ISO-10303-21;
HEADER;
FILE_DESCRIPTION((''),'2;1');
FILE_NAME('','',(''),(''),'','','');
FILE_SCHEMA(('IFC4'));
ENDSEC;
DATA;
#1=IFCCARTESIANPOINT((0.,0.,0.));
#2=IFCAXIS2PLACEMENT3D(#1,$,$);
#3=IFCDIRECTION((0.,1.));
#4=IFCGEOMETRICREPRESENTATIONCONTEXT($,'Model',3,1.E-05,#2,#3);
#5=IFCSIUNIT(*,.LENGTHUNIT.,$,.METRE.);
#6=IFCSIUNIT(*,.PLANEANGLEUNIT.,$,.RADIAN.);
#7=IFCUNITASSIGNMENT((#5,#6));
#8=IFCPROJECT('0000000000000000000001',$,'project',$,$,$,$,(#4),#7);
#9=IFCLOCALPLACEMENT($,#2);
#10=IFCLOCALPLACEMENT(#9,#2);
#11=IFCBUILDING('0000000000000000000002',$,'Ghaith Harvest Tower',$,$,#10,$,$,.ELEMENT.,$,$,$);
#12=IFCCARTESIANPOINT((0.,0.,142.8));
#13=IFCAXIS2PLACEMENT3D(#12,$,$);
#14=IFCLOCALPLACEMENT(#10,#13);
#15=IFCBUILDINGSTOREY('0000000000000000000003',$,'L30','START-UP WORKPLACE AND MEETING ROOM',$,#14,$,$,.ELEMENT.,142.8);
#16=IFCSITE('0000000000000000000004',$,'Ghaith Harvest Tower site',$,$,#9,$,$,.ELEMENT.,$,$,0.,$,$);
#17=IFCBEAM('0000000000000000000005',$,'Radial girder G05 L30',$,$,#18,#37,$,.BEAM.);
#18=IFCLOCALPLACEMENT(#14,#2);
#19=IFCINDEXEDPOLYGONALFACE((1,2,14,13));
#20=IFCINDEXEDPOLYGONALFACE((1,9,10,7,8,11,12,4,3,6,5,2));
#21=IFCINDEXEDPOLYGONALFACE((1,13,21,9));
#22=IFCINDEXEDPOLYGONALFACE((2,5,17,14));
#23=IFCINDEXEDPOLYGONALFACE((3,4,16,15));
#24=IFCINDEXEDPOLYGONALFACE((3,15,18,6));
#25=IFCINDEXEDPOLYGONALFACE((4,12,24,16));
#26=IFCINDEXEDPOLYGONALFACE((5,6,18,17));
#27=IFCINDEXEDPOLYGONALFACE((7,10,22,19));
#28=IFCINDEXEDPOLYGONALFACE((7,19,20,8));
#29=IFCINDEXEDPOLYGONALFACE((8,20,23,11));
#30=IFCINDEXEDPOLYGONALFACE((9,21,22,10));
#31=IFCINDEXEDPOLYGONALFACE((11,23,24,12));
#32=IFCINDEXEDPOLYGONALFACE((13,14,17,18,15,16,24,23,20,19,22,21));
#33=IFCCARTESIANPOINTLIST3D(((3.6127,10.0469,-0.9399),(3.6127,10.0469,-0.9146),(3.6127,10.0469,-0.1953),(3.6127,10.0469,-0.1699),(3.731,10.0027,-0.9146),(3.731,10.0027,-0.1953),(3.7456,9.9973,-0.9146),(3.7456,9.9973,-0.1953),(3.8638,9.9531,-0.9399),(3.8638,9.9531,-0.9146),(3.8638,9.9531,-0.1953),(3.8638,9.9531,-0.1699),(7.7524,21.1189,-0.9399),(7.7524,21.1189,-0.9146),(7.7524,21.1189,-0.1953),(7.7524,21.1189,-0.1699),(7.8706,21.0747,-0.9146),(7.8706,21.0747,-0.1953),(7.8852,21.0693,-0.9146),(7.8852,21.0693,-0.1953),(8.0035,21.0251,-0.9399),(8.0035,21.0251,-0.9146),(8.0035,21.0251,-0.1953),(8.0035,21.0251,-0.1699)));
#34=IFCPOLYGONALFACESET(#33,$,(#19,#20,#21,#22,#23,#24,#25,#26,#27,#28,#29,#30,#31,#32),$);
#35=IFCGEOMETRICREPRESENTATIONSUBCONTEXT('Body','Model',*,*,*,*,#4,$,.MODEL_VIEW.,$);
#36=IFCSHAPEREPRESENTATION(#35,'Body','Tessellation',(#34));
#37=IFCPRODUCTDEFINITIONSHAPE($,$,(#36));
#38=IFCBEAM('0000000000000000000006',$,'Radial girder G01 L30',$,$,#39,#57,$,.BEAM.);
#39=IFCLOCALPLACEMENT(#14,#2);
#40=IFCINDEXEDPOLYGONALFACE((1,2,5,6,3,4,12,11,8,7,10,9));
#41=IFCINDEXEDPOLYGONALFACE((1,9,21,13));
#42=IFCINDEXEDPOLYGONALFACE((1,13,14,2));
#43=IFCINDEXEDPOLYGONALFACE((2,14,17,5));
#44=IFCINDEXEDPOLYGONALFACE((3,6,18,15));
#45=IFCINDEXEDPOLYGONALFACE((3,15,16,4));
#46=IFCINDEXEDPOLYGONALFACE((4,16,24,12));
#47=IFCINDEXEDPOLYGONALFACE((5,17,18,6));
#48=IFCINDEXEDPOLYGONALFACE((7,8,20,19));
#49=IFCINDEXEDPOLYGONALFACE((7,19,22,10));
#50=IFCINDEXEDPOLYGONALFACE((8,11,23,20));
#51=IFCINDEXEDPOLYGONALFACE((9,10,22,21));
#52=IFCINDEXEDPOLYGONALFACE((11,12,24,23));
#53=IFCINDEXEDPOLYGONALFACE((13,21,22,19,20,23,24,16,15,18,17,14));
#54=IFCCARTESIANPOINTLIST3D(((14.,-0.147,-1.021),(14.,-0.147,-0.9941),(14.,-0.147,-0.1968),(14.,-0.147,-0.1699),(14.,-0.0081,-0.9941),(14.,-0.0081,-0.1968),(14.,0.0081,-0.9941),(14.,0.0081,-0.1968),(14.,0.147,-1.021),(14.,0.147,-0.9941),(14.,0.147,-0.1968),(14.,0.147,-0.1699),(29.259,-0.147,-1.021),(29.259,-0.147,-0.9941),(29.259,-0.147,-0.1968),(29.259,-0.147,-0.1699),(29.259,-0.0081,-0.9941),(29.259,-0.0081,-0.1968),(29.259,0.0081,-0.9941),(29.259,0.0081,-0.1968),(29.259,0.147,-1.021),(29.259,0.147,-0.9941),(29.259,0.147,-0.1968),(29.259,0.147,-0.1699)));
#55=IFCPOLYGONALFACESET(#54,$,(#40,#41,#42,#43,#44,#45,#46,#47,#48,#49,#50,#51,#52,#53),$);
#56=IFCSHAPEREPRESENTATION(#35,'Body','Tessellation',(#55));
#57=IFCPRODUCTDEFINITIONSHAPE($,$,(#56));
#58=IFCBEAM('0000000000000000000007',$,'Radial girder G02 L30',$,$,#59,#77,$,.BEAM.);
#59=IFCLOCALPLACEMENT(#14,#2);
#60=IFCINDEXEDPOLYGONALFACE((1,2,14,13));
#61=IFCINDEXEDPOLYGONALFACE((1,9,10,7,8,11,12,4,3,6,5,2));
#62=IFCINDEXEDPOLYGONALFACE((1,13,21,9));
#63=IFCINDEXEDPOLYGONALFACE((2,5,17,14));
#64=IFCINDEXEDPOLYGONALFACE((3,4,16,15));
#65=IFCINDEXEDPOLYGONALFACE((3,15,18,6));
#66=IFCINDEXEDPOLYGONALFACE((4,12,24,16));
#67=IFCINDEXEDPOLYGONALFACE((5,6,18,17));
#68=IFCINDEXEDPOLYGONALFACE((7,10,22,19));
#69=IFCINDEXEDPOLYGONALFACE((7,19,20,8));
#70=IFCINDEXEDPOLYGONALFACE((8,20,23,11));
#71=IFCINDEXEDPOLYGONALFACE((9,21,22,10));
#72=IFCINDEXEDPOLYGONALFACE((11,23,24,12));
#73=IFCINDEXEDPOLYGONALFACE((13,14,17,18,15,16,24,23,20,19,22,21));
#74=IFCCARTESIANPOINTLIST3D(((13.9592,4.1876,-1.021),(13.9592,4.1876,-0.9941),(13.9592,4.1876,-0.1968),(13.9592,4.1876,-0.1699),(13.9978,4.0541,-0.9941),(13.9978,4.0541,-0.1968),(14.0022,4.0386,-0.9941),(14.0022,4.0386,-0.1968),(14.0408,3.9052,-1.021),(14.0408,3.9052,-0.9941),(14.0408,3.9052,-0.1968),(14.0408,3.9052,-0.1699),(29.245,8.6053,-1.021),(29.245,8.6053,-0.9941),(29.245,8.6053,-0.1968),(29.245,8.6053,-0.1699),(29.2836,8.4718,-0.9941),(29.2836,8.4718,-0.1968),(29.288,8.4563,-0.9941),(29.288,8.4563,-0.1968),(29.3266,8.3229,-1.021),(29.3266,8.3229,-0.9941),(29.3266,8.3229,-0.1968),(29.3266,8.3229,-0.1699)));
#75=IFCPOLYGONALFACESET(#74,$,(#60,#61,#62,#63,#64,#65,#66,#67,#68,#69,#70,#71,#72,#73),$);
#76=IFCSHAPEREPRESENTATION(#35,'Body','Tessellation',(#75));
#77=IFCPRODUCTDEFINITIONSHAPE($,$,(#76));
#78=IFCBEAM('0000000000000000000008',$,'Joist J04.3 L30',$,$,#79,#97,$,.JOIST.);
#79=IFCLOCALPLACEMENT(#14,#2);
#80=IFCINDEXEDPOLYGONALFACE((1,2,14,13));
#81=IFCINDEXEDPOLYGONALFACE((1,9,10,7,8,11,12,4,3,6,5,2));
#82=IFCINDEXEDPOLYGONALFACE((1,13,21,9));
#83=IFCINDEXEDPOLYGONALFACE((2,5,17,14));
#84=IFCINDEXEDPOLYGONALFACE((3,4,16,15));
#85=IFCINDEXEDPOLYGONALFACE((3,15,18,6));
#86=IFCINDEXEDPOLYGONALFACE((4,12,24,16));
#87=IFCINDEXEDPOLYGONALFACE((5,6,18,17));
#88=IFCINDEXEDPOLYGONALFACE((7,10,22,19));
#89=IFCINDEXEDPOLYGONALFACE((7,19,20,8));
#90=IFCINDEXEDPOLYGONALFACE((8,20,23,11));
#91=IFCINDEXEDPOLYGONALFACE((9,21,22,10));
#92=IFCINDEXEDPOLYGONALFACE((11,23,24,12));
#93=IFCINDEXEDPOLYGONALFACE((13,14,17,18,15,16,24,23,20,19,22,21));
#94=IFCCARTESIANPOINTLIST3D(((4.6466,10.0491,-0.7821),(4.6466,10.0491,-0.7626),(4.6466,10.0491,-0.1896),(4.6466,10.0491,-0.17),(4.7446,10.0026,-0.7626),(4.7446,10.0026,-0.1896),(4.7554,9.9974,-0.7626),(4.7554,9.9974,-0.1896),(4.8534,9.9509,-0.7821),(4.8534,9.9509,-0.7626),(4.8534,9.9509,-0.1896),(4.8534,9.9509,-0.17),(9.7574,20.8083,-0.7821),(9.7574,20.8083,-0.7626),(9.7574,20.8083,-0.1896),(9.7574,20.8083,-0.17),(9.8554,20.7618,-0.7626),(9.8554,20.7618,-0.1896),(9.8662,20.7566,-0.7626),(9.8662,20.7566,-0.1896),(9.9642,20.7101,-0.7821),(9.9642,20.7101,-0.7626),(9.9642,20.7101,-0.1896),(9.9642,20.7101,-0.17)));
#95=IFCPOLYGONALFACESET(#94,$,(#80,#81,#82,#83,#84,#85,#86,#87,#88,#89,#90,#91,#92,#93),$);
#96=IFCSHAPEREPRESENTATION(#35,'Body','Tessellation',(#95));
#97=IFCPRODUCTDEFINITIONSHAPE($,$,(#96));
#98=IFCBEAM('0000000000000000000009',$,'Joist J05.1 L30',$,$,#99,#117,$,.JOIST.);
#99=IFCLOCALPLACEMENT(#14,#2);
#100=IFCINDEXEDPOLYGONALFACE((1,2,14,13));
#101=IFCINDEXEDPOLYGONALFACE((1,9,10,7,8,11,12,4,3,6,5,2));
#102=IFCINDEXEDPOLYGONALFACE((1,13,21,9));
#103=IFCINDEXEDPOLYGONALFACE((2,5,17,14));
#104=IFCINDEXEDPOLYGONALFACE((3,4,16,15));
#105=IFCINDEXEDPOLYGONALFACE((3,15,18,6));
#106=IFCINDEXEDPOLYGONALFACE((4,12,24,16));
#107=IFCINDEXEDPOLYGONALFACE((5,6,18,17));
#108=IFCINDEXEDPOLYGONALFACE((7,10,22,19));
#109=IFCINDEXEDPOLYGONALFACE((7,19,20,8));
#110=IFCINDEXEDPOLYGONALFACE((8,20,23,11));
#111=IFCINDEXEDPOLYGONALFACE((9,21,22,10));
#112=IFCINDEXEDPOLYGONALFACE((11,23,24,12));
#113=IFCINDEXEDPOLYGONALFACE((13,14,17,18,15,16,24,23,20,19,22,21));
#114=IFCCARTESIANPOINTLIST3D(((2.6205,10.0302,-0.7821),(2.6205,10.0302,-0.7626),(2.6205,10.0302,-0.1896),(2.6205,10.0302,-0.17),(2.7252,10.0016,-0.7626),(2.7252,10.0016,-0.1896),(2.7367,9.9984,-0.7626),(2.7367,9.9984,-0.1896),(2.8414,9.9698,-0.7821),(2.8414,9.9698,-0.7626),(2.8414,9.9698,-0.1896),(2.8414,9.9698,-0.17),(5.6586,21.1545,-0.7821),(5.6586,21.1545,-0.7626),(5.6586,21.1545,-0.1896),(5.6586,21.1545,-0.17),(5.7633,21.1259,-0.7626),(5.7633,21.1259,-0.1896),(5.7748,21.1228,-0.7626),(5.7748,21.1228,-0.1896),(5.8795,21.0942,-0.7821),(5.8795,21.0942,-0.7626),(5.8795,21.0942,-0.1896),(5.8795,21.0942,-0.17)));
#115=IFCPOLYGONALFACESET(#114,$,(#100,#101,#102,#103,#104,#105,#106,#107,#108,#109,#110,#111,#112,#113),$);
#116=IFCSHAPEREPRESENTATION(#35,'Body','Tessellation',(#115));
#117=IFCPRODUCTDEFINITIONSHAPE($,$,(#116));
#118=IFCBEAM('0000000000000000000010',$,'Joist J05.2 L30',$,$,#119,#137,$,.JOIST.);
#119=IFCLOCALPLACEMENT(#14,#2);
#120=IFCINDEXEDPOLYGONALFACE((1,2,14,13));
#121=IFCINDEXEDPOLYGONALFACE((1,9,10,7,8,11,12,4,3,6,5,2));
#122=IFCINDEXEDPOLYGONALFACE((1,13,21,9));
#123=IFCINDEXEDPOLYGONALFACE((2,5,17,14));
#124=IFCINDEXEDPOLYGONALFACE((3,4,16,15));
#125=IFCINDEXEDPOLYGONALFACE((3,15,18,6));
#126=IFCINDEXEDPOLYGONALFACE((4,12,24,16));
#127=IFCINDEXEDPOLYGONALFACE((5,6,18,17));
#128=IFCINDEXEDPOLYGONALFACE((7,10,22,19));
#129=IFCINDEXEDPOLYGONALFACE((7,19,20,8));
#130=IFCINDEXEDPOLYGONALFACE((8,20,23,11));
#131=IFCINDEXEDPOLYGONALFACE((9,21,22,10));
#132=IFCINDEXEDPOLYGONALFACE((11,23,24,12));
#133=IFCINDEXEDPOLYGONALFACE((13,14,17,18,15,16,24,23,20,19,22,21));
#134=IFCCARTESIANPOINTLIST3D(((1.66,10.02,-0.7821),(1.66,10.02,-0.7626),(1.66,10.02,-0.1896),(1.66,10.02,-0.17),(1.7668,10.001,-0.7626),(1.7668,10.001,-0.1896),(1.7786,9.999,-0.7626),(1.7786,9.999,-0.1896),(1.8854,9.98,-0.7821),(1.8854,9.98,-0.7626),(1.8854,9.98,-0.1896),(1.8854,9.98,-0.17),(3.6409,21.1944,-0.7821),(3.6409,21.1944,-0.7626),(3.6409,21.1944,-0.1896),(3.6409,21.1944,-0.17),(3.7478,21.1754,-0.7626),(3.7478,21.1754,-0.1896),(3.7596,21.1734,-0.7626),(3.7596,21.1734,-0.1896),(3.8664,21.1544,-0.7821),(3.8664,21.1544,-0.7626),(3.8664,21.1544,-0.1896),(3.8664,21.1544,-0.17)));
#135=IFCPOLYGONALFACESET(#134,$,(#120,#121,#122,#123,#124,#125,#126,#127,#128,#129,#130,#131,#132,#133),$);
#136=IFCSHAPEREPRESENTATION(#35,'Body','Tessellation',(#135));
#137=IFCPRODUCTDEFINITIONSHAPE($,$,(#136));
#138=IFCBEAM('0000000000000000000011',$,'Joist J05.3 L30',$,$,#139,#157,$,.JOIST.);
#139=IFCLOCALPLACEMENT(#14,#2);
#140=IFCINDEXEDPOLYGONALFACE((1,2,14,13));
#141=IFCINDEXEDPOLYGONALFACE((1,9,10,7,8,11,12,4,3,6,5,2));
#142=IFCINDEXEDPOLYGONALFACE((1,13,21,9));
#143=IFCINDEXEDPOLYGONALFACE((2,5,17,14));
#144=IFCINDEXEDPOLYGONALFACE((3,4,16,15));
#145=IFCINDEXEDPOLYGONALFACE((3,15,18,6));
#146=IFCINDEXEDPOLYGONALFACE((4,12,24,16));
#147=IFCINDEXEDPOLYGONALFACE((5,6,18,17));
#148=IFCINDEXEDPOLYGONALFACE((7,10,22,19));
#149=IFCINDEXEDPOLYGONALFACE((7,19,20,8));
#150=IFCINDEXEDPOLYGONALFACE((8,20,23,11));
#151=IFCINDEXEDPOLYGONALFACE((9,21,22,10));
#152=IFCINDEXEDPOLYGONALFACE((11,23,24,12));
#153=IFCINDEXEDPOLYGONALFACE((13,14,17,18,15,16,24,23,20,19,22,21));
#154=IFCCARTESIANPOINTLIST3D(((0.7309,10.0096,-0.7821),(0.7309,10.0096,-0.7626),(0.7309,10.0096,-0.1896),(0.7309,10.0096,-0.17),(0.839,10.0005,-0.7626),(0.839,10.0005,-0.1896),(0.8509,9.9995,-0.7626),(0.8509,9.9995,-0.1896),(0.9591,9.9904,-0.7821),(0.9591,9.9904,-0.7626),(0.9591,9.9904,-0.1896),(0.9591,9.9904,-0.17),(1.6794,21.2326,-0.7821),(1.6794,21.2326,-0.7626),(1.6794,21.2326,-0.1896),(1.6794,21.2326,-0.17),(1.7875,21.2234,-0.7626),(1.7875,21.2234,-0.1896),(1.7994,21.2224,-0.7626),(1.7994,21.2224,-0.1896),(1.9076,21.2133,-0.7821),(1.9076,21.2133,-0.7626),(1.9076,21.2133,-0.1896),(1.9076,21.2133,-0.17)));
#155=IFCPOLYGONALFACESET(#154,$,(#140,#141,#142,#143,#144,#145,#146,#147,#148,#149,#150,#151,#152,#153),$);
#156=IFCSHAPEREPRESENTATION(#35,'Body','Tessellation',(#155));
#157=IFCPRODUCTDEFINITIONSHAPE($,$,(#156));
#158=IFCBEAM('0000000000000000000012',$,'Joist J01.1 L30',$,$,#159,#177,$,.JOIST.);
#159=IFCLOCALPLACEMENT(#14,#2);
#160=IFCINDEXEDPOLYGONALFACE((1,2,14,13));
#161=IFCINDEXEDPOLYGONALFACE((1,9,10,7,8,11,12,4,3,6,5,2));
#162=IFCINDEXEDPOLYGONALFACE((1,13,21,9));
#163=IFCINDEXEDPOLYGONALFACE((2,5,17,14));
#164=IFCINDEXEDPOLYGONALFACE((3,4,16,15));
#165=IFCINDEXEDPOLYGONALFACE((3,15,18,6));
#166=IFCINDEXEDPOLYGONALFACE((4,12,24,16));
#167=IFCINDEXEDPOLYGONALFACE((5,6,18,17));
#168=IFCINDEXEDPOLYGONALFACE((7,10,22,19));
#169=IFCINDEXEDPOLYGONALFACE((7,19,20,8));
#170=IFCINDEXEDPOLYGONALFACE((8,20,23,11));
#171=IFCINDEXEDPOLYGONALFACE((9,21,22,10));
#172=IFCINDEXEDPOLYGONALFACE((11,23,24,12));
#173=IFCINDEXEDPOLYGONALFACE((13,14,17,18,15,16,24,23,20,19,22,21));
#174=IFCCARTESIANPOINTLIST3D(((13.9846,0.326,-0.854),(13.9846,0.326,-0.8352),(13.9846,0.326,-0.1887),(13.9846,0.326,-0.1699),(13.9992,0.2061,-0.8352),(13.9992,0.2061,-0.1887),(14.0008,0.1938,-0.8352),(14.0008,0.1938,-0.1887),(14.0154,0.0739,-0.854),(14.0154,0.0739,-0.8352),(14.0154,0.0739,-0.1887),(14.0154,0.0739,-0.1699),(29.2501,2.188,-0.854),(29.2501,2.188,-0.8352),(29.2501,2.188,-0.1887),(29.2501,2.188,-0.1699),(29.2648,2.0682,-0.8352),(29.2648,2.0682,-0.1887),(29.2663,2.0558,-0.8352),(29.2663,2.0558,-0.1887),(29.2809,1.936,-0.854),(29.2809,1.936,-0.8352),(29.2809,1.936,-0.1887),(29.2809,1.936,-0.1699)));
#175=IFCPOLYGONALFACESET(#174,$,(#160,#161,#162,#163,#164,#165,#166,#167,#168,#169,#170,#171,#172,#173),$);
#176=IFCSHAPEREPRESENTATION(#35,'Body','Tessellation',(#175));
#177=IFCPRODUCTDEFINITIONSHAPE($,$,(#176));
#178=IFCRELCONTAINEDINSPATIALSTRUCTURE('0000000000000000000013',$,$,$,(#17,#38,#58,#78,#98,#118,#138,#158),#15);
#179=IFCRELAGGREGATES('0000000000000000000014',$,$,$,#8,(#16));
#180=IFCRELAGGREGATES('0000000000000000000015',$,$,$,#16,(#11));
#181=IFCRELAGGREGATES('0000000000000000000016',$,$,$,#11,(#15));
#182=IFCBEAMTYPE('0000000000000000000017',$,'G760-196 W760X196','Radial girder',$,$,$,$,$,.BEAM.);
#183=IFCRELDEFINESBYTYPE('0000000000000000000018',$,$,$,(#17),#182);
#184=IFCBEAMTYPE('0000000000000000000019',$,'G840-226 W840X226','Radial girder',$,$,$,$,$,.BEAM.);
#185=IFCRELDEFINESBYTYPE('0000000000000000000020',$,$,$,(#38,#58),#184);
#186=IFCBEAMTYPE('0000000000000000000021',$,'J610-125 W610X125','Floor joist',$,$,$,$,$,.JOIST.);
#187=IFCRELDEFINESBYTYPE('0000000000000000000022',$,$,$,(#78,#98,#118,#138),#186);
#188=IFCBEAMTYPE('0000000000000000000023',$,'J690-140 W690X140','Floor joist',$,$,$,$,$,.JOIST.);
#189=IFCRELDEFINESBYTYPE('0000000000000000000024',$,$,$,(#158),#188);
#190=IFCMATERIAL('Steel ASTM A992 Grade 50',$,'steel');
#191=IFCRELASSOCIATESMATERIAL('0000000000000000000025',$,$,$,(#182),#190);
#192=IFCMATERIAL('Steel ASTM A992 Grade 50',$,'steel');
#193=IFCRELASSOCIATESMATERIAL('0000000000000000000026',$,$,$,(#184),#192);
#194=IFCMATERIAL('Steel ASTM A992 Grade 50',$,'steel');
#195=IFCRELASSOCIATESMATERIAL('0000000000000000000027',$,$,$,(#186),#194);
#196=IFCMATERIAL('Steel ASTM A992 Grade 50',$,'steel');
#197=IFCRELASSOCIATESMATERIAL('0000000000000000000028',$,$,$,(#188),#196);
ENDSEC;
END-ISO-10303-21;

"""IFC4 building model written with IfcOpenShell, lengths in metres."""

from ifc_helpers import new_model, si_unit, direction, frame, origin, origin_2d, place, context, subcontext, project, spatial, i_section, extrude, material, material_profile, profile_set, type_object, element, save


model = new_model("IFC4")

# Units and contexts
model_context = context("Model", 3, precision=1e-05, world=origin(), true_north=direction((0.0, 1.0)))
body_context = subcontext(model_context, "Body", "Model", "MODEL_VIEW")
ifc_project = project(units=[si_unit("LENGTHUNIT", "METRE"), si_unit("PLANEANGLEUNIT", "RADIAN")], contexts=[model_context])

# Site, building, storey
site_placement = place(None, origin())
site = spatial("IfcSite", under=ifc_project, at=site_placement, Name="Ghaith Harvest Tower site", CompositionType="ELEMENT", RefElevation=0.0)
building_placement = place(site_placement, origin())
building = spatial("IfcBuilding", under=site, at=building_placement, Name="Ghaith Harvest Tower", CompositionType="ELEMENT")
storey_placement = place(building_placement, frame((0.0, 0.0, 142.8)))
storey = spatial("IfcBuildingStorey", under=building, at=storey_placement, Name="L30", Description="START-UP WORKPLACE AND MEETING ROOM", CompositionType="ELEMENT", Elevation=142.8)

# Beams
ifc_material_1 = material(Name="Steel ASTM A992 Grade 50", Category="steel")
ifc_material_profile_1 = material_profile(ifc_material_1, i_section(OverallWidth=0.2681, OverallDepth=0.77, WebThickness=0.0156, FlangeThickness=0.0254, at=origin_2d()), Name="W760X196")
ifc_profile_set_1 = profile_set([ifc_material_profile_1], Name="Steel ASTM A992 Grade 50")
beam_type_1 = type_object("IfcBeamType", Name="G760-196 W760X196", Description="Radial girder", PredefinedType="BEAM", material=ifc_profile_set_1)
beam_1_placement = place(storey_placement, frame((3.7383, 10.0, -0.5549), z_axis=(0.350207, 0.936672, 0.0), x_axis=(-0.936672, 0.350207, 0.0)))
element("IfcBeam", 1, at=beam_1_placement, inside=storey, type_object=beam_type_1, Name="Radial girder G05 L30", PredefinedType="BEAM", context=body_context, shape_type="SweptSolid", body=[
    extrude(i_section(OverallWidth=0.2681, OverallDepth=0.77, WebThickness=0.0156, FlangeThickness=0.0254, at=origin_2d()), origin(), (0.0, 0.0, 1.0), 11.8206),
])
ifc_material_2 = material(Name="Steel ASTM A992 Grade 50", Category="steel")
ifc_material_profile_2 = material_profile(ifc_material_2, i_section(OverallWidth=0.2939, OverallDepth=0.8511, WebThickness=0.0161, FlangeThickness=0.0269, at=origin_2d()), Name="W840X226")
ifc_profile_set_2 = profile_set([ifc_material_profile_2], Name="Steel ASTM A992 Grade 50")
beam_type_2 = type_object("IfcBeamType", Name="G840-226 W840X226", Description="Radial girder", PredefinedType="BEAM", material=ifc_profile_set_2)
beam_2_placement = place(storey_placement, frame((14.0, 0.0, -0.5955), z_axis=(1.0, 0.0, 0.0), x_axis=(0.0, 1.0, 0.0)))
element("IfcBeam", 2, at=beam_2_placement, inside=storey, type_object=beam_type_2, Name="Radial girder G01 L30", PredefinedType="BEAM", context=body_context, shape_type="SweptSolid", body=[
    extrude(i_section(OverallWidth=0.2939, OverallDepth=0.8511, WebThickness=0.0161, FlangeThickness=0.0269, at=origin_2d()), origin(), (0.0, 0.0, 1.0), 15.259),
])
beam_3_placement = place(storey_placement, frame((14.0, 4.0464, -0.5955), z_axis=(0.960684, 0.277644, 0.0), x_axis=(-0.277644, 0.960684, 0.0)))
element("IfcBeam", 3, at=beam_3_placement, inside=storey, type_object=beam_type_2, Name="Radial girder G02 L30", PredefinedType="BEAM", context=body_context, shape_type="SweptSolid", body=[
    extrude(i_section(OverallWidth=0.2939, OverallDepth=0.8511, WebThickness=0.0161, FlangeThickness=0.0269, at=origin_2d()), origin(), (0.0, 0.0, 1.0), 15.9114),
])
ifc_material_3 = material(Name="Steel ASTM A992 Grade 50", Category="steel")
ifc_material_profile_3 = material_profile(ifc_material_3, i_section(OverallWidth=0.229, OverallDepth=0.6121, WebThickness=0.012, FlangeThickness=0.0195, at=origin_2d()), Name="W610X125")
ifc_profile_set_3 = profile_set([ifc_material_profile_3], Name="Steel ASTM A992 Grade 50")
beam_type_3 = type_object("IfcBeamType", Name="J610-125 W610X125", Description="Floor joist", PredefinedType="JOIST", material=ifc_profile_set_3)
beam_4_placement = place(storey_placement, frame((4.75, 10.0, -0.4761), z_axis=(0.429069, 0.903272, 0.0), x_axis=(-0.903272, 0.429069, 0.0)))
element("IfcBeam", 4, at=beam_4_placement, inside=storey, type_object=beam_type_3, Name="Joist J04.3 L30", PredefinedType="JOIST", context=body_context, shape_type="SweptSolid", body=[
    extrude(i_section(OverallWidth=0.229, OverallDepth=0.6121, WebThickness=0.012, FlangeThickness=0.0195, at=origin_2d()), origin(), (0.0, 0.0, 1.0), 11.9114),
])
beam_5_placement = place(storey_placement, frame((2.731, 10.0, -0.4761), z_axis=(0.263456, 0.964671, 0.0), x_axis=(-0.964671, 0.263456, 0.0)))
element("IfcBeam", 5, at=beam_5_placement, inside=storey, type_object=beam_type_3, Name="Joist J05.1 L30", PredefinedType="JOIST", context=body_context, shape_type="SweptSolid", body=[
    extrude(i_section(OverallWidth=0.229, OverallDepth=0.6121, WebThickness=0.012, FlangeThickness=0.0195, at=origin_2d()), origin(), (0.0, 0.0, 1.0), 11.5317),
])
beam_6_placement = place(storey_placement, frame((1.7727, 10.0, -0.4761), z_axis=(0.174556, 0.984647, 0.0), x_axis=(-0.984647, 0.174556, 0.0)))
element("IfcBeam", 6, at=beam_6_placement, inside=storey, type_object=beam_type_3, Name="Joist J05.2 L30", PredefinedType="JOIST", context=body_context, shape_type="SweptSolid", body=[
    extrude(i_section(OverallWidth=0.229, OverallDepth=0.6121, WebThickness=0.012, FlangeThickness=0.0195, at=origin_2d()), origin(), (0.0, 0.0, 1.0), 11.3486),
])
beam_7_placement = place(storey_placement, frame((0.845, 10.0, -0.4761), z_axis=(0.084213, 0.996448, 0.0), x_axis=(-0.996448, 0.084213, 0.0)))
element("IfcBeam", 7, at=beam_7_placement, inside=storey, type_object=beam_type_3, Name="Joist J05.3 L30", PredefinedType="JOIST", context=body_context, shape_type="SweptSolid", body=[
    extrude(i_section(OverallWidth=0.229, OverallDepth=0.6121, WebThickness=0.012, FlangeThickness=0.0195, at=origin_2d()), origin(), (0.0, 0.0, 1.0), 11.2629),
])
ifc_material_4 = material(Name="Steel ASTM A992 Grade 50", Category="steel")
ifc_material_profile_4 = material_profile(ifc_material_4, i_section(OverallWidth=0.2539, OverallDepth=0.6841, WebThickness=0.0125, FlangeThickness=0.0188, at=origin_2d()), Name="W690X140")
ifc_profile_set_4 = profile_set([ifc_material_profile_4], Name="Steel ASTM A992 Grade 50")
beam_type_4 = type_object("IfcBeamType", Name="J690-140 W690X140", Description="Floor joist", PredefinedType="JOIST", material=ifc_profile_set_4)
beam_8_placement = place(storey_placement, frame((14.0, 0.2, -0.512), z_axis=(0.992643, 0.12108, 0.0), x_axis=(-0.12108, 0.992643, 0.0)))
element("IfcBeam", 8, at=beam_8_placement, inside=storey, type_object=beam_type_4, Name="Joist J01.1 L30", PredefinedType="JOIST", context=body_context, shape_type="SweptSolid", body=[
    extrude(i_section(OverallWidth=0.2539, OverallDepth=0.6841, WebThickness=0.0125, FlangeThickness=0.0188, at=origin_2d()), origin(), (0.0, 0.0, 1.0), 15.3787),
])

save(model, "model.ifc")
